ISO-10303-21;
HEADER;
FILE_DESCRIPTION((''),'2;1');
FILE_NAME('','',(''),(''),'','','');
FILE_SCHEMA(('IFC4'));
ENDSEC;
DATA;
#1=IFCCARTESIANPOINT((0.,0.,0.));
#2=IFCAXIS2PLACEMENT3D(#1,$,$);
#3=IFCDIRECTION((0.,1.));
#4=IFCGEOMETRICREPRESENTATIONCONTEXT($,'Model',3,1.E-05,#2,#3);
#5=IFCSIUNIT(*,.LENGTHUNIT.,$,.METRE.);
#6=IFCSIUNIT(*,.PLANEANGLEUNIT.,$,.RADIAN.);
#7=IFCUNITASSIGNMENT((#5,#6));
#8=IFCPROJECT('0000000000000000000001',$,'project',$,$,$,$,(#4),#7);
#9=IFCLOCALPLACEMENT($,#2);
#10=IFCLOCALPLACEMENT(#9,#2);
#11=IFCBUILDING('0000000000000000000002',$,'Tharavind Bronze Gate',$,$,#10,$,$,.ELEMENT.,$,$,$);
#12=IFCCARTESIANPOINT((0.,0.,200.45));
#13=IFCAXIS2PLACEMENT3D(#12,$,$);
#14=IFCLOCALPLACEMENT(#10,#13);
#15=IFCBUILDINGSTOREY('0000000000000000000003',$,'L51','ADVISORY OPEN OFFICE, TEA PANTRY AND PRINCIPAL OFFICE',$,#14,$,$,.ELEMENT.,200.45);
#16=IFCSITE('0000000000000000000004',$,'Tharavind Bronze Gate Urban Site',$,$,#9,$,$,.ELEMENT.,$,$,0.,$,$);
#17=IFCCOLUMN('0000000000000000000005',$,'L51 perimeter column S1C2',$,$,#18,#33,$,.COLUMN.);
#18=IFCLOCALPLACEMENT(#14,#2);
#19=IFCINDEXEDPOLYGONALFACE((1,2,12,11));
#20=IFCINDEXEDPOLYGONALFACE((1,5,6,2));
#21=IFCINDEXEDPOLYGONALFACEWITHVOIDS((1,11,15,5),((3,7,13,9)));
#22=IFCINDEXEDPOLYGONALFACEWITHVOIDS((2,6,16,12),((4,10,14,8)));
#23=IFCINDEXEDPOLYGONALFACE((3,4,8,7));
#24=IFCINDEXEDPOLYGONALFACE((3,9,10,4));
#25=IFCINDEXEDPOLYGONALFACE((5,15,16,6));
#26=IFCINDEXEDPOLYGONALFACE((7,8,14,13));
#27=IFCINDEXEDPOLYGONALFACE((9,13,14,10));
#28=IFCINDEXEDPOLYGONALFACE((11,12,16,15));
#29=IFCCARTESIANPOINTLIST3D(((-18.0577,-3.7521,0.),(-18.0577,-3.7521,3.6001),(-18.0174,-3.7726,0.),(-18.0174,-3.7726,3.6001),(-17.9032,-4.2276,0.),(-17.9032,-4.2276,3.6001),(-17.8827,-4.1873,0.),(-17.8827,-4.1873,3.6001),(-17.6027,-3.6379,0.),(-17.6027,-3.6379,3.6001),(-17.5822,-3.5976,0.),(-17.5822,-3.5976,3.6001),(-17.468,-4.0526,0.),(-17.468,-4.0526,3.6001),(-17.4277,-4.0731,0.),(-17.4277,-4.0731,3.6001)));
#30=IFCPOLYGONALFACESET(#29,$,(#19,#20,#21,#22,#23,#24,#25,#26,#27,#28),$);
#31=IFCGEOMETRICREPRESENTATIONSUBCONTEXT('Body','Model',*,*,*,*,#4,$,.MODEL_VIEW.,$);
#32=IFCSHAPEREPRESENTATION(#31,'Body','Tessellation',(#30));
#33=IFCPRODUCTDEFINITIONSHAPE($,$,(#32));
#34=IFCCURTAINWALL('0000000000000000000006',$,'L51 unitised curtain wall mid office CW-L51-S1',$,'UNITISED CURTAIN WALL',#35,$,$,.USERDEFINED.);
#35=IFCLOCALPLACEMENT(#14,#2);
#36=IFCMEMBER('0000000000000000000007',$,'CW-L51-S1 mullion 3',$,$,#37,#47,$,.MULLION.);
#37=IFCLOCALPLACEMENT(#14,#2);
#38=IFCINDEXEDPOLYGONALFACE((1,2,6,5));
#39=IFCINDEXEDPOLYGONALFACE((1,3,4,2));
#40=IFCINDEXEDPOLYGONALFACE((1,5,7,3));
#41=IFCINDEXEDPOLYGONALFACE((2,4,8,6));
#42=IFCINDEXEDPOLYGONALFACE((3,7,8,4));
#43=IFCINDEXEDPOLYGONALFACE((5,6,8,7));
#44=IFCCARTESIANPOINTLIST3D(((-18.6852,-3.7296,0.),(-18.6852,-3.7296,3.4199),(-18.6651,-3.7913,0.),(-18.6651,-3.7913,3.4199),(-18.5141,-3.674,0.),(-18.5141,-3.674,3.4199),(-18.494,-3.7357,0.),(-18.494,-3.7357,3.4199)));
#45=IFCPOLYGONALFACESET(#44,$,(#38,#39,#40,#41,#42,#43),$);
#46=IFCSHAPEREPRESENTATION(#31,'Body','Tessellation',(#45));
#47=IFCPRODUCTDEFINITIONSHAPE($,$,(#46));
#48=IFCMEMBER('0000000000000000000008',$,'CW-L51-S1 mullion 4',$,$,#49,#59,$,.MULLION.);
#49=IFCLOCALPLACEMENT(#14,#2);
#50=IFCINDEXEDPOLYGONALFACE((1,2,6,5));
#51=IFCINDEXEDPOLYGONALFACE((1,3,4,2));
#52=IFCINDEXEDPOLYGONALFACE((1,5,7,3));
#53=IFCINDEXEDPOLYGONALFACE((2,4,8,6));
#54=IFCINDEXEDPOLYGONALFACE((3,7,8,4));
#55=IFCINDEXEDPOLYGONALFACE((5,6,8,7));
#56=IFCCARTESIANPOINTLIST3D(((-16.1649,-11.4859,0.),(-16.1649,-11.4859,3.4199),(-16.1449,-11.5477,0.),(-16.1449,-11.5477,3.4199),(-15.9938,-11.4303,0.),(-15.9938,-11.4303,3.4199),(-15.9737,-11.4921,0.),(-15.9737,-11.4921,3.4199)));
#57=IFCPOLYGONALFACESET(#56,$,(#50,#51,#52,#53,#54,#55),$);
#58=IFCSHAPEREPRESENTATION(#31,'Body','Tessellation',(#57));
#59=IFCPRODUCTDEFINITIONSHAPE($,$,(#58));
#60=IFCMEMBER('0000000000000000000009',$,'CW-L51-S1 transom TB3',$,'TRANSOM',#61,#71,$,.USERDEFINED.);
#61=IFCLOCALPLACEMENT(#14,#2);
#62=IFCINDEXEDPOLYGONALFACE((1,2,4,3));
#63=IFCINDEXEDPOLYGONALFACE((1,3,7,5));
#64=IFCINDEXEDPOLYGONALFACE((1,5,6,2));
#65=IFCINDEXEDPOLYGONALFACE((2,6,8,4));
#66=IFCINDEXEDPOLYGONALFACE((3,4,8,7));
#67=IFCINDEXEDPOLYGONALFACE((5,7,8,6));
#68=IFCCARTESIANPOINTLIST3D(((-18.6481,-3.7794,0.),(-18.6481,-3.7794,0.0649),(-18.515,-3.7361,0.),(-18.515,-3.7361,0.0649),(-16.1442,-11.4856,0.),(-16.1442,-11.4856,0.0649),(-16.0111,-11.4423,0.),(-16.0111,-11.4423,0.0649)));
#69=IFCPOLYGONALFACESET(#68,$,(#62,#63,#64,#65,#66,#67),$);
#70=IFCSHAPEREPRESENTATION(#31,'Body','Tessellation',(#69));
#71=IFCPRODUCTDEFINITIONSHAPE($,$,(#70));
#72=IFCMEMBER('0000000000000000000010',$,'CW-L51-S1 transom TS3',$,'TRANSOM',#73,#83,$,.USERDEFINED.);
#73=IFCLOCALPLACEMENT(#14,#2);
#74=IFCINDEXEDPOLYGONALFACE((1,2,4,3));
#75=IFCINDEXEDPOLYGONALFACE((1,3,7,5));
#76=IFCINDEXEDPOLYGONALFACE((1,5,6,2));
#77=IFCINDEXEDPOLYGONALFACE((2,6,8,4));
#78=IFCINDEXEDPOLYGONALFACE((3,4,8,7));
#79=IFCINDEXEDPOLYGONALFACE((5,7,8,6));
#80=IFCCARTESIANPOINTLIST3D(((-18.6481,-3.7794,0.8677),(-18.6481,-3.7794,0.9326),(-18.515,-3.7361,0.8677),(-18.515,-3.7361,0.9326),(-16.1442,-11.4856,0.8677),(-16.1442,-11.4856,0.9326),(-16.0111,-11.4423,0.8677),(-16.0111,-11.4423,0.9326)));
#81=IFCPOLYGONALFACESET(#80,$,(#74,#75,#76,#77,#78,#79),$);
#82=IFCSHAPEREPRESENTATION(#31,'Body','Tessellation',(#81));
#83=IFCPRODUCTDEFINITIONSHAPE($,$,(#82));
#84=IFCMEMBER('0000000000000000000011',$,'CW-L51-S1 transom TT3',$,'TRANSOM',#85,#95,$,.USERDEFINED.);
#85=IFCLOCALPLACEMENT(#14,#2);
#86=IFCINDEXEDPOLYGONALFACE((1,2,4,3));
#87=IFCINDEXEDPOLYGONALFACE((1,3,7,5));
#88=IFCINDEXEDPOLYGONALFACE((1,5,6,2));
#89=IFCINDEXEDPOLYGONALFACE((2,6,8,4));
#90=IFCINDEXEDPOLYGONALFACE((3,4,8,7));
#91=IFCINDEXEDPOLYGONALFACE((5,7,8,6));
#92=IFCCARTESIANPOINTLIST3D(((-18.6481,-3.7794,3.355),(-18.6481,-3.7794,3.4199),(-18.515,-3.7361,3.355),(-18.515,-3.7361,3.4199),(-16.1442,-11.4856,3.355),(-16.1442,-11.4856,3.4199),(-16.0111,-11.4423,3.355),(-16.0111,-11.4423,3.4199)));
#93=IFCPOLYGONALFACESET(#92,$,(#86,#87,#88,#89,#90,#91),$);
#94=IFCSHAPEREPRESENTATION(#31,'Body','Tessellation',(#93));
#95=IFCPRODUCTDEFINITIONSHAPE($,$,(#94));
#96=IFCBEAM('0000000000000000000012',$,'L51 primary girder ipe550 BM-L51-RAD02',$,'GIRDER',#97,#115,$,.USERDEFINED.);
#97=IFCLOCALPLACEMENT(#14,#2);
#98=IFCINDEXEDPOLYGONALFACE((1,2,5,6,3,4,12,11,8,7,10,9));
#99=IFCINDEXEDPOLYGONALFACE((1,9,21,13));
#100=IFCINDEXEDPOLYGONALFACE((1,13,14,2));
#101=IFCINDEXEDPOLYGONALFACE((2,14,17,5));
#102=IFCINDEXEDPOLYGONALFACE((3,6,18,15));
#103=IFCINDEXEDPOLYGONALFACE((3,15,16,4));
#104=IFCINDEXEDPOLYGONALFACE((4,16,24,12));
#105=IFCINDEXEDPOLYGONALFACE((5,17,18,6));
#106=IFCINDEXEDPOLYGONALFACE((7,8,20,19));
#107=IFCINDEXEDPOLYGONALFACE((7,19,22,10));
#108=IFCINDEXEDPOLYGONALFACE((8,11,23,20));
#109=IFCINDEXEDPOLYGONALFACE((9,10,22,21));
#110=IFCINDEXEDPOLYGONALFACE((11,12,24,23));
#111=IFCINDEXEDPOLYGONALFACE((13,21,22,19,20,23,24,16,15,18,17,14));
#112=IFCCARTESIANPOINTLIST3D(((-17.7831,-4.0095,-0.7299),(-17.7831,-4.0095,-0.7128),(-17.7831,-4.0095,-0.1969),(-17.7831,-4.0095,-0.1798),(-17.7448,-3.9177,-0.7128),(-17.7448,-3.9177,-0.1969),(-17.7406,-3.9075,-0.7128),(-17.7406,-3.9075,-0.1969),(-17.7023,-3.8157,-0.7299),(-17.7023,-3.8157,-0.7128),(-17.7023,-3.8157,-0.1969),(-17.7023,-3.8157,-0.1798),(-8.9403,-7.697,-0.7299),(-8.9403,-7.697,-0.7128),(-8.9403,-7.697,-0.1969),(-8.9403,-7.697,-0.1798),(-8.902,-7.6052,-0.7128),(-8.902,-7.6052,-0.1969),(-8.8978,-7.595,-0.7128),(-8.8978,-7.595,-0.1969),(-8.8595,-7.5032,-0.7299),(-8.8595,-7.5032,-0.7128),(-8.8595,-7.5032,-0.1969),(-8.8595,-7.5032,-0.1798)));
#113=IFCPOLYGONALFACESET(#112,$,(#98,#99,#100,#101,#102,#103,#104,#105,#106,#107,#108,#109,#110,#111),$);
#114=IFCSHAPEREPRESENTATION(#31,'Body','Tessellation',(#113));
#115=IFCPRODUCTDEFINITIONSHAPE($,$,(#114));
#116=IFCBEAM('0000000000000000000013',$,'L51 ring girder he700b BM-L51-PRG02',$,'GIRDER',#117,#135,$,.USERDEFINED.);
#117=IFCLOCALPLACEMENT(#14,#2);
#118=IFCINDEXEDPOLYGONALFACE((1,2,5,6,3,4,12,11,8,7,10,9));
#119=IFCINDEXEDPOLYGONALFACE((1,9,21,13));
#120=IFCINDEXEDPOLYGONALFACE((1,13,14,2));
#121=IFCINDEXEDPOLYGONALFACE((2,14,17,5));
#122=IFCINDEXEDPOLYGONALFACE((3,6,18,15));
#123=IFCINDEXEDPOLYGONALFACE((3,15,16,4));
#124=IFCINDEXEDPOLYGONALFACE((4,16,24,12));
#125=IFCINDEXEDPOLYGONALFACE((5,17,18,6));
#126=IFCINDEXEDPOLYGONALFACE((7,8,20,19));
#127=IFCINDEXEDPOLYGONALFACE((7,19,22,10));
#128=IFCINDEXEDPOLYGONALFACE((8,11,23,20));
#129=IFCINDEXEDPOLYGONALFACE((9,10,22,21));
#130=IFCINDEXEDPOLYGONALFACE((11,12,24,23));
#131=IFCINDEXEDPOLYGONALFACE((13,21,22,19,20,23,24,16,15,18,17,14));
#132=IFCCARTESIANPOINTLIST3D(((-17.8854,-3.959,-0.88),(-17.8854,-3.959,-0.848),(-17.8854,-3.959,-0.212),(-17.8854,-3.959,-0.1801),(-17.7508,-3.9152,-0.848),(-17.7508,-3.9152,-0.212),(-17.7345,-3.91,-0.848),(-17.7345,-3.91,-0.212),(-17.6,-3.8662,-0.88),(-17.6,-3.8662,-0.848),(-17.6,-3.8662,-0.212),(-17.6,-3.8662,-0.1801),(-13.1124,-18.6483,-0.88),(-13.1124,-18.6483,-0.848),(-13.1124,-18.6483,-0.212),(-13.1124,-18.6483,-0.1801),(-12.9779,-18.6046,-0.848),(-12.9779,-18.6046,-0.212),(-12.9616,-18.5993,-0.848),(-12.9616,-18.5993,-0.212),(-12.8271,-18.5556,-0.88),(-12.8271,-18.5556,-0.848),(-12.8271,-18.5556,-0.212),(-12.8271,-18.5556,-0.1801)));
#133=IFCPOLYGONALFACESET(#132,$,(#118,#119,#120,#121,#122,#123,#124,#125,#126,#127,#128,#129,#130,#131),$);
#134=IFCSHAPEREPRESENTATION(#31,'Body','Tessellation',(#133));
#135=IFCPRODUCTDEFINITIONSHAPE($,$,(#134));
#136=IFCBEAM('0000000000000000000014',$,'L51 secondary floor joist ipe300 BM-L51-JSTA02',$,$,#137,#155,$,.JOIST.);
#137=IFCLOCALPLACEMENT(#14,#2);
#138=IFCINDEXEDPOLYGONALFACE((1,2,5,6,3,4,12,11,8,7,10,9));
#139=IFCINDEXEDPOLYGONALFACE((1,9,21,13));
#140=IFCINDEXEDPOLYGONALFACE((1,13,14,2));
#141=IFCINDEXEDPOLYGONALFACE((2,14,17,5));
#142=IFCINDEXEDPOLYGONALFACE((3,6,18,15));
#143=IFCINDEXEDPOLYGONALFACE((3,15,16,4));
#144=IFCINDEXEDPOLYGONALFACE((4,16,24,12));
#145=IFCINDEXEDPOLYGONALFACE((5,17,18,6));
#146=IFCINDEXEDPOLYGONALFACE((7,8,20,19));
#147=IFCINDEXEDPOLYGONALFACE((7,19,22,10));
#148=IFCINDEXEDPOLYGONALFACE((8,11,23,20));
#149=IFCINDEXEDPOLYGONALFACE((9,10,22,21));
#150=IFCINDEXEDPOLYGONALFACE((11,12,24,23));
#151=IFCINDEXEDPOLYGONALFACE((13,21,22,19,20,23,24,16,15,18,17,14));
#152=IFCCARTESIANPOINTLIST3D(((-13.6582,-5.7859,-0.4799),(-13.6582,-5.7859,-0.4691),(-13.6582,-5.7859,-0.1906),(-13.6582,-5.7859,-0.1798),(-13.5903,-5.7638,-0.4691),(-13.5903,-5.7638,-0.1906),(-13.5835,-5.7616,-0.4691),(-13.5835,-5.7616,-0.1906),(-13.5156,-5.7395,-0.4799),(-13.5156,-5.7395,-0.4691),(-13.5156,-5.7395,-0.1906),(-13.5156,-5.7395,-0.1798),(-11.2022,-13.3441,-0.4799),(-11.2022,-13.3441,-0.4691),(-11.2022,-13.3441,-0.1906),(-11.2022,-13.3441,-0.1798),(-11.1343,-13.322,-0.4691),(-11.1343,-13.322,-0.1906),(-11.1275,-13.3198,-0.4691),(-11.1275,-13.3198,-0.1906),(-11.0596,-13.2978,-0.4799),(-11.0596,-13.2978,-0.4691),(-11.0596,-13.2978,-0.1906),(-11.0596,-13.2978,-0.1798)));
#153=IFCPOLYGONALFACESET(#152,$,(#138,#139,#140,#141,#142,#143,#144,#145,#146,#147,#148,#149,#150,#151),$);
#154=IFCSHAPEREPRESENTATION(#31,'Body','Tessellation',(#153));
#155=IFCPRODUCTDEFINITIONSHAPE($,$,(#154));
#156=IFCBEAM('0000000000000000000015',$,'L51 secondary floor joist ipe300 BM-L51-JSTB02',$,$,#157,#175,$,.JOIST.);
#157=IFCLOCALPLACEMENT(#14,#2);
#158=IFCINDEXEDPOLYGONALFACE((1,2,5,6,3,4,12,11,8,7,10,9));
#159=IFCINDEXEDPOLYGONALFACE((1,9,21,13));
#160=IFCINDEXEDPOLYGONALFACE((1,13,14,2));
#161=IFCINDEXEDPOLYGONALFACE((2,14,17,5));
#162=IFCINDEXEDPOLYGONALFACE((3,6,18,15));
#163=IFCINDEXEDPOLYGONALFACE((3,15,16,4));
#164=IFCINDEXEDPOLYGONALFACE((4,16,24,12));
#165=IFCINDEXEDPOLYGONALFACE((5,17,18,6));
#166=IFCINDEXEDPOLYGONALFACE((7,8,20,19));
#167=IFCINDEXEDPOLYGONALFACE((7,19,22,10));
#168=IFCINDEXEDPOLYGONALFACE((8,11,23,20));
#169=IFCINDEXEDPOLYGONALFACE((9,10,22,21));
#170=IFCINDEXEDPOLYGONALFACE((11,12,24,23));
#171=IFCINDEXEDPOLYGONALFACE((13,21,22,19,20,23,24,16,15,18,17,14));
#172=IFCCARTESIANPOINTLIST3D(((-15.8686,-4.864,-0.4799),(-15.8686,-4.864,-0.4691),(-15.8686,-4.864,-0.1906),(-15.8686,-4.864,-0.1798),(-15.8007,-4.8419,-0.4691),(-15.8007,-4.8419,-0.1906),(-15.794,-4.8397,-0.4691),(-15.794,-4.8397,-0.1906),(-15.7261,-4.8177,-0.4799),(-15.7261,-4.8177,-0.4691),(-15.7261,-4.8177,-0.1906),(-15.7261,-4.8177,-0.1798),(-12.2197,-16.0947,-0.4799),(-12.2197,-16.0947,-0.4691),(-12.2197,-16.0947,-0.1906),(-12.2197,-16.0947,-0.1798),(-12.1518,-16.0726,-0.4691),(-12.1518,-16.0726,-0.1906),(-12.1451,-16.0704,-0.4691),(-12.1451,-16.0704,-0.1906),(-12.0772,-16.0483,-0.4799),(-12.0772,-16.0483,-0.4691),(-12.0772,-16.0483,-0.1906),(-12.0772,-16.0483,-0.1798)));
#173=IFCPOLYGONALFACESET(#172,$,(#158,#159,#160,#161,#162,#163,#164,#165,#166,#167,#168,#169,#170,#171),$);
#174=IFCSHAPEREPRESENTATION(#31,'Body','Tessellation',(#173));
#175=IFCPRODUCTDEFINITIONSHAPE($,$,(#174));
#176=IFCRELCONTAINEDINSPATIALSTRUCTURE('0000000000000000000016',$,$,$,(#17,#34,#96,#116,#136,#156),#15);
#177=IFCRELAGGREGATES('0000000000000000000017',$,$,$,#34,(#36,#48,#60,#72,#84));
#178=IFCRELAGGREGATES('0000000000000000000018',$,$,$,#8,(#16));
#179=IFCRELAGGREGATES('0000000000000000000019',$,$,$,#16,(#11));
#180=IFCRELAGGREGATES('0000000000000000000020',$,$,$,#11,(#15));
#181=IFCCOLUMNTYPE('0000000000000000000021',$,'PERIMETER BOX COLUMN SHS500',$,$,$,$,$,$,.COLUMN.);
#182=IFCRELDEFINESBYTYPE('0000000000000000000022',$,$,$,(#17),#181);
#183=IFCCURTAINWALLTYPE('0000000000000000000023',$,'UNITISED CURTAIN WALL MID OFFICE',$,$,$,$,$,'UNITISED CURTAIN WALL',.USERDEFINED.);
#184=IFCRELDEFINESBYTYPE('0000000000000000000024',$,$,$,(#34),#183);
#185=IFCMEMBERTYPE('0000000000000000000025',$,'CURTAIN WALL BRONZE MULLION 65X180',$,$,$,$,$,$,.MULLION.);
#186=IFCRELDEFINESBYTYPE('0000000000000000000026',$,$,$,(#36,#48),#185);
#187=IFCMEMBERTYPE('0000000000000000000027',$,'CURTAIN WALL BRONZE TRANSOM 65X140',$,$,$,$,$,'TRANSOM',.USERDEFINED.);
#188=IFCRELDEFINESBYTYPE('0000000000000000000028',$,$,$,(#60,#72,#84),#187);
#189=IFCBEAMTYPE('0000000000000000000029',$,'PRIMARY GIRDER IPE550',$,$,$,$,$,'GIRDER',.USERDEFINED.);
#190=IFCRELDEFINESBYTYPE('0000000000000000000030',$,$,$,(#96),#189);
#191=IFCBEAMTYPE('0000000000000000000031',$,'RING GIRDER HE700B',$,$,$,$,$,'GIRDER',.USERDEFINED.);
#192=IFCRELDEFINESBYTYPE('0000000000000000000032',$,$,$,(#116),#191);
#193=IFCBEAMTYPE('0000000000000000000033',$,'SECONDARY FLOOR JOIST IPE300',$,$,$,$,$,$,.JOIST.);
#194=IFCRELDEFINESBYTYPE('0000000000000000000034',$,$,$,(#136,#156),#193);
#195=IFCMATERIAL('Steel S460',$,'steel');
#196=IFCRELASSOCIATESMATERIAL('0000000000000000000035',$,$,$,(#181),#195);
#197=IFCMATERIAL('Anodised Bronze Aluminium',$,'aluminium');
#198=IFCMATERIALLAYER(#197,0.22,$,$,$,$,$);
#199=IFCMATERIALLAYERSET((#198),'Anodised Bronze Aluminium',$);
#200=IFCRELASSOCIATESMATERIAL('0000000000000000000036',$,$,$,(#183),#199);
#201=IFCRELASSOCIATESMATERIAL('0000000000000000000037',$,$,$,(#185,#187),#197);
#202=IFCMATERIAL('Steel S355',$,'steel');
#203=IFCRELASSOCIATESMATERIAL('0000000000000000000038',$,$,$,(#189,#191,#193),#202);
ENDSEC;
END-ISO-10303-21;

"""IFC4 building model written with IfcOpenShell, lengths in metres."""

from ifc_helpers import new_model, si_unit, direction, frame, origin, origin_2d, place, context, subcontext, project, spatial, rectangle, hollow_rectangle, i_section, extrude, material, layer, layer_set, material_profile, profile_set, type_object, element, aggregate, save


model = new_model("IFC4")

# Units and contexts
model_context = context("Model", 3, precision=1e-05, world=origin(), true_north=direction((0.0, 1.0)))
body_context = subcontext(model_context, "Body", "Model", "MODEL_VIEW")
ifc_project = project(units=[si_unit("LENGTHUNIT", "METRE"), si_unit("PLANEANGLEUNIT", "RADIAN")], contexts=[model_context])

# Site, building, storey
site_placement = place(None, origin())
site = spatial("IfcSite", under=ifc_project, at=site_placement, Name="Tharavind Bronze Gate Urban Site", CompositionType="ELEMENT", RefElevation=0.0)
building_placement = place(site_placement, origin())
building = spatial("IfcBuilding", under=site, at=building_placement, Name="Tharavind Bronze Gate", CompositionType="ELEMENT")
storey_placement = place(building_placement, frame((0.0, 0.0, 200.45)))
storey = spatial("IfcBuildingStorey", under=building, at=storey_placement, Name="L51", Description="ADVISORY OPEN OFFICE, TEA PANTRY AND PRINCIPAL OFFICE", CompositionType="ELEMENT", Elevation=200.45)

# Column
ifc_material_1 = material(Name="Steel S460", Category="steel")
ifc_material_profile_1 = material_profile(ifc_material_1, hollow_rectangle(XDim=0.5, YDim=0.5, WallThickness=0.032, at=origin_2d()), Name="SHS500X32")
ifc_profile_set_1 = profile_set([ifc_material_profile_1], Name="Steel S460")
column_type = type_object("IfcColumnType", Name="PERIMETER BOX COLUMN SHS500", PredefinedType="COLUMN", material=ifc_profile_set_1)
column_placement = place(storey_placement, frame((-17.7427, -3.9126, 0.0), z_axis=(0.0, 0.0, 1.0), x_axis=(-0.309017, 0.951057, 0.0)))
element("IfcColumn", 1, at=column_placement, inside=storey, type_object=column_type, Name="L51 perimeter column S1C2", PredefinedType="COLUMN", context=body_context, shape_type="SweptSolid", body=[
    extrude(hollow_rectangle(XDim=0.5, YDim=0.5, WallThickness=0.032, at=origin_2d()), origin(), (0.0, 0.0, 1.0), 3.6001),
])

# Curtain wall, members
ifc_material_2 = material(Name="Anodised Bronze Aluminium", Category="aluminium")
ifc_layer_1 = layer(ifc_material_2, 0.22)
ifc_layer_set_1 = layer_set([ifc_layer_1], Name="Anodised Bronze Aluminium")
curtain_wall_type = type_object("IfcCurtainWallType", Name="UNITISED CURTAIN WALL MID OFFICE", ElementType="UNITISED CURTAIN WALL", PredefinedType="USERDEFINED", material=ifc_layer_set_1)
curtain_wall_placement = place(storey_placement, origin())
curtain_wall = element("IfcCurtainWall", 2, at=curtain_wall_placement, inside=storey, type_object=curtain_wall_type, Name="L51 unitised curtain wall mid office CW-L51-S1", ObjectType="UNITISED CURTAIN WALL", PredefinedType="USERDEFINED")
member_type_1 = type_object("IfcMemberType", Name="CURTAIN WALL BRONZE MULLION 65X180", PredefinedType="MULLION", material=ifc_material_2)
member_1_placement = place(storey_placement, frame((-18.5896, -3.7327, 0.0), z_axis=(0.0, 0.0, 1.0), x_axis=(0.309017, -0.951057, 0.0)))
member_1 = element("IfcMember", 3, at=member_1_placement, type_object=member_type_1, Name="CW-L51-S1 mullion 3", PredefinedType="MULLION", context=body_context, shape_type="SweptSolid", body=[
    extrude(rectangle(XDim=0.0649, YDim=0.1799, at=origin_2d()), origin(), (0.0, 0.0, 1.0), 3.4199),
])
member_2_placement = place(storey_placement, frame((-16.0693, -11.489, 0.0), z_axis=(0.0, 0.0, 1.0), x_axis=(0.309017, -0.951057, 0.0)))
member_2 = element("IfcMember", 4, at=member_2_placement, type_object=member_type_1, Name="CW-L51-S1 mullion 4", PredefinedType="MULLION", context=body_context, shape_type="SweptSolid", body=[
    extrude(rectangle(XDim=0.0649, YDim=0.1799, at=origin_2d()), origin(), (0.0, 0.0, 1.0), 3.4199),
])
member_type_2 = type_object("IfcMemberType", Name="CURTAIN WALL BRONZE TRANSOM 65X140", ElementType="TRANSOM", PredefinedType="USERDEFINED", material=ifc_material_2)
member_3_placement = place(storey_placement, frame((-17.3296, -7.6108, 0.0), z_axis=(0.0, 0.0, 1.0), x_axis=(0.309017, -0.951057, 0.0)))
member_3 = element("IfcMember", 5, at=member_3_placement, type_object=member_type_2, Name="CW-L51-S1 transom TB3", ObjectType="TRANSOM", PredefinedType="USERDEFINED", context=body_context, shape_type="SweptSolid", body=[
    extrude(rectangle(XDim=8.1028, YDim=0.1399, at=origin_2d()), origin(), (0.0, 0.0, 1.0), 0.0649),
])
member_4_placement = place(storey_placement, frame((-17.3296, -7.6108, 0.8677), z_axis=(0.0, 0.0, 1.0), x_axis=(0.309017, -0.951057, 0.0)))
member_4 = element("IfcMember", 6, at=member_4_placement, type_object=member_type_2, Name="CW-L51-S1 transom TS3", ObjectType="TRANSOM", PredefinedType="USERDEFINED", context=body_context, shape_type="SweptSolid", body=[
    extrude(rectangle(XDim=8.1028, YDim=0.1399, at=origin_2d()), origin(), (0.0, 0.0, 1.0), 0.0649),
])
member_5_placement = place(storey_placement, frame((-17.3296, -7.6108, 3.355), z_axis=(0.0, 0.0, 1.0), x_axis=(0.309017, -0.951057, 0.0)))
member_5 = element("IfcMember", 7, at=member_5_placement, type_object=member_type_2, Name="CW-L51-S1 transom TT3", ObjectType="TRANSOM", PredefinedType="USERDEFINED", context=body_context, shape_type="SweptSolid", body=[
    extrude(rectangle(XDim=8.1028, YDim=0.1399, at=origin_2d()), origin(), (0.0, 0.0, 1.0), 0.0649),
])

# Beams
ifc_material_3 = material(Name="Steel S355", Category="steel")
ifc_material_profile_2 = material_profile(ifc_material_3, i_section(OverallWidth=0.21, OverallDepth=0.55, WebThickness=0.011, FlangeThickness=0.0171, at=origin_2d()), Name="IPE550")
ifc_profile_set_2 = profile_set([ifc_material_profile_2], Name="Steel S355")
beam_type_1 = type_object("IfcBeamType", Name="PRIMARY GIRDER IPE550", ElementType="GIRDER", PredefinedType="USERDEFINED", material=ifc_profile_set_2)
beam_1_placement = place(storey_placement, frame((-17.7427, -3.9126, -0.4548), z_axis=(0.922965, -0.384883, 0.0), x_axis=(0.384883, 0.922965, 0.0)))
element("IfcBeam", 8, at=beam_1_placement, inside=storey, type_object=beam_type_1, Name="L51 primary girder ipe550 BM-L51-RAD02", ObjectType="GIRDER", PredefinedType="USERDEFINED", context=body_context, shape_type="SweptSolid", body=[
    extrude(i_section(OverallWidth=0.21, OverallDepth=0.55, WebThickness=0.011, FlangeThickness=0.0171, at=origin_2d()), origin(), (0.0, 0.0, 1.0), 9.5808),
])
ifc_material_profile_3 = material_profile(ifc_material_3, i_section(OverallWidth=0.3, OverallDepth=0.7, WebThickness=0.0171, FlangeThickness=0.032, at=origin_2d()), Name="HE700B")
ifc_profile_set_3 = profile_set([ifc_material_profile_3], Name="Steel S355")
beam_type_2 = type_object("IfcBeamType", Name="RING GIRDER HE700B", ElementType="GIRDER", PredefinedType="USERDEFINED", material=ifc_profile_set_3)
beam_2_placement = place(storey_placement, frame((-17.7427, -3.9126, -0.53), z_axis=(0.30902, -0.951055, 0.0), x_axis=(0.951055, 0.30902, 0.0)))
element("IfcBeam", 9, at=beam_2_placement, inside=storey, type_object=beam_type_2, Name="L51 ring girder he700b BM-L51-PRG02", ObjectType="GIRDER", PredefinedType="USERDEFINED", context=body_context, shape_type="SweptSolid", body=[
    extrude(i_section(OverallWidth=0.3, OverallDepth=0.7, WebThickness=0.0171, FlangeThickness=0.032, at=origin_2d()), origin(), (0.0, 0.0, 1.0), 15.4453),
])
ifc_material_profile_4 = material_profile(ifc_material_3, i_section(OverallWidth=0.1499, OverallDepth=0.3, WebThickness=0.0071, FlangeThickness=0.0107, at=origin_2d()), Name="IPE300")
ifc_profile_set_4 = profile_set([ifc_material_profile_4], Name="Steel S355")
beam_type_3 = type_object("IfcBeamType", Name="SECONDARY FLOOR JOIST IPE300", PredefinedType="JOIST", material=ifc_profile_set_4)
beam_3_placement = place(storey_placement, frame((-13.5869, -5.7627, -0.3298), z_axis=(0.30904, -0.951049, 0.0), x_axis=(0.951049, 0.30904, 0.0)))
element("IfcBeam", 10, at=beam_3_placement, inside=storey, type_object=beam_type_3, Name="L51 secondary floor joist ipe300 BM-L51-JSTA02", PredefinedType="JOIST", context=body_context, shape_type="SweptSolid", body=[
    extrude(i_section(OverallWidth=0.1499, OverallDepth=0.3, WebThickness=0.0071, FlangeThickness=0.0107, at=origin_2d()), origin(), (0.0, 0.0, 1.0), 7.9473),
])
beam_4_placement = place(storey_placement, frame((-15.7974, -4.8408, -0.3298), z_axis=(0.309005, -0.95106, 0.0), x_axis=(0.95106, 0.309005, 0.0)))
element("IfcBeam", 11, at=beam_4_placement, inside=storey, type_object=beam_type_3, Name="L51 secondary floor joist ipe300 BM-L51-JSTB02", PredefinedType="JOIST", context=body_context, shape_type="SweptSolid", body=[
    extrude(i_section(OverallWidth=0.1499, OverallDepth=0.3, WebThickness=0.0071, FlangeThickness=0.0107, at=origin_2d()), origin(), (0.0, 0.0, 1.0), 11.8086),
])

aggregate(curtain_wall, [member_1, member_2, member_3, member_4, member_5])

save(model, "model.ifc")
